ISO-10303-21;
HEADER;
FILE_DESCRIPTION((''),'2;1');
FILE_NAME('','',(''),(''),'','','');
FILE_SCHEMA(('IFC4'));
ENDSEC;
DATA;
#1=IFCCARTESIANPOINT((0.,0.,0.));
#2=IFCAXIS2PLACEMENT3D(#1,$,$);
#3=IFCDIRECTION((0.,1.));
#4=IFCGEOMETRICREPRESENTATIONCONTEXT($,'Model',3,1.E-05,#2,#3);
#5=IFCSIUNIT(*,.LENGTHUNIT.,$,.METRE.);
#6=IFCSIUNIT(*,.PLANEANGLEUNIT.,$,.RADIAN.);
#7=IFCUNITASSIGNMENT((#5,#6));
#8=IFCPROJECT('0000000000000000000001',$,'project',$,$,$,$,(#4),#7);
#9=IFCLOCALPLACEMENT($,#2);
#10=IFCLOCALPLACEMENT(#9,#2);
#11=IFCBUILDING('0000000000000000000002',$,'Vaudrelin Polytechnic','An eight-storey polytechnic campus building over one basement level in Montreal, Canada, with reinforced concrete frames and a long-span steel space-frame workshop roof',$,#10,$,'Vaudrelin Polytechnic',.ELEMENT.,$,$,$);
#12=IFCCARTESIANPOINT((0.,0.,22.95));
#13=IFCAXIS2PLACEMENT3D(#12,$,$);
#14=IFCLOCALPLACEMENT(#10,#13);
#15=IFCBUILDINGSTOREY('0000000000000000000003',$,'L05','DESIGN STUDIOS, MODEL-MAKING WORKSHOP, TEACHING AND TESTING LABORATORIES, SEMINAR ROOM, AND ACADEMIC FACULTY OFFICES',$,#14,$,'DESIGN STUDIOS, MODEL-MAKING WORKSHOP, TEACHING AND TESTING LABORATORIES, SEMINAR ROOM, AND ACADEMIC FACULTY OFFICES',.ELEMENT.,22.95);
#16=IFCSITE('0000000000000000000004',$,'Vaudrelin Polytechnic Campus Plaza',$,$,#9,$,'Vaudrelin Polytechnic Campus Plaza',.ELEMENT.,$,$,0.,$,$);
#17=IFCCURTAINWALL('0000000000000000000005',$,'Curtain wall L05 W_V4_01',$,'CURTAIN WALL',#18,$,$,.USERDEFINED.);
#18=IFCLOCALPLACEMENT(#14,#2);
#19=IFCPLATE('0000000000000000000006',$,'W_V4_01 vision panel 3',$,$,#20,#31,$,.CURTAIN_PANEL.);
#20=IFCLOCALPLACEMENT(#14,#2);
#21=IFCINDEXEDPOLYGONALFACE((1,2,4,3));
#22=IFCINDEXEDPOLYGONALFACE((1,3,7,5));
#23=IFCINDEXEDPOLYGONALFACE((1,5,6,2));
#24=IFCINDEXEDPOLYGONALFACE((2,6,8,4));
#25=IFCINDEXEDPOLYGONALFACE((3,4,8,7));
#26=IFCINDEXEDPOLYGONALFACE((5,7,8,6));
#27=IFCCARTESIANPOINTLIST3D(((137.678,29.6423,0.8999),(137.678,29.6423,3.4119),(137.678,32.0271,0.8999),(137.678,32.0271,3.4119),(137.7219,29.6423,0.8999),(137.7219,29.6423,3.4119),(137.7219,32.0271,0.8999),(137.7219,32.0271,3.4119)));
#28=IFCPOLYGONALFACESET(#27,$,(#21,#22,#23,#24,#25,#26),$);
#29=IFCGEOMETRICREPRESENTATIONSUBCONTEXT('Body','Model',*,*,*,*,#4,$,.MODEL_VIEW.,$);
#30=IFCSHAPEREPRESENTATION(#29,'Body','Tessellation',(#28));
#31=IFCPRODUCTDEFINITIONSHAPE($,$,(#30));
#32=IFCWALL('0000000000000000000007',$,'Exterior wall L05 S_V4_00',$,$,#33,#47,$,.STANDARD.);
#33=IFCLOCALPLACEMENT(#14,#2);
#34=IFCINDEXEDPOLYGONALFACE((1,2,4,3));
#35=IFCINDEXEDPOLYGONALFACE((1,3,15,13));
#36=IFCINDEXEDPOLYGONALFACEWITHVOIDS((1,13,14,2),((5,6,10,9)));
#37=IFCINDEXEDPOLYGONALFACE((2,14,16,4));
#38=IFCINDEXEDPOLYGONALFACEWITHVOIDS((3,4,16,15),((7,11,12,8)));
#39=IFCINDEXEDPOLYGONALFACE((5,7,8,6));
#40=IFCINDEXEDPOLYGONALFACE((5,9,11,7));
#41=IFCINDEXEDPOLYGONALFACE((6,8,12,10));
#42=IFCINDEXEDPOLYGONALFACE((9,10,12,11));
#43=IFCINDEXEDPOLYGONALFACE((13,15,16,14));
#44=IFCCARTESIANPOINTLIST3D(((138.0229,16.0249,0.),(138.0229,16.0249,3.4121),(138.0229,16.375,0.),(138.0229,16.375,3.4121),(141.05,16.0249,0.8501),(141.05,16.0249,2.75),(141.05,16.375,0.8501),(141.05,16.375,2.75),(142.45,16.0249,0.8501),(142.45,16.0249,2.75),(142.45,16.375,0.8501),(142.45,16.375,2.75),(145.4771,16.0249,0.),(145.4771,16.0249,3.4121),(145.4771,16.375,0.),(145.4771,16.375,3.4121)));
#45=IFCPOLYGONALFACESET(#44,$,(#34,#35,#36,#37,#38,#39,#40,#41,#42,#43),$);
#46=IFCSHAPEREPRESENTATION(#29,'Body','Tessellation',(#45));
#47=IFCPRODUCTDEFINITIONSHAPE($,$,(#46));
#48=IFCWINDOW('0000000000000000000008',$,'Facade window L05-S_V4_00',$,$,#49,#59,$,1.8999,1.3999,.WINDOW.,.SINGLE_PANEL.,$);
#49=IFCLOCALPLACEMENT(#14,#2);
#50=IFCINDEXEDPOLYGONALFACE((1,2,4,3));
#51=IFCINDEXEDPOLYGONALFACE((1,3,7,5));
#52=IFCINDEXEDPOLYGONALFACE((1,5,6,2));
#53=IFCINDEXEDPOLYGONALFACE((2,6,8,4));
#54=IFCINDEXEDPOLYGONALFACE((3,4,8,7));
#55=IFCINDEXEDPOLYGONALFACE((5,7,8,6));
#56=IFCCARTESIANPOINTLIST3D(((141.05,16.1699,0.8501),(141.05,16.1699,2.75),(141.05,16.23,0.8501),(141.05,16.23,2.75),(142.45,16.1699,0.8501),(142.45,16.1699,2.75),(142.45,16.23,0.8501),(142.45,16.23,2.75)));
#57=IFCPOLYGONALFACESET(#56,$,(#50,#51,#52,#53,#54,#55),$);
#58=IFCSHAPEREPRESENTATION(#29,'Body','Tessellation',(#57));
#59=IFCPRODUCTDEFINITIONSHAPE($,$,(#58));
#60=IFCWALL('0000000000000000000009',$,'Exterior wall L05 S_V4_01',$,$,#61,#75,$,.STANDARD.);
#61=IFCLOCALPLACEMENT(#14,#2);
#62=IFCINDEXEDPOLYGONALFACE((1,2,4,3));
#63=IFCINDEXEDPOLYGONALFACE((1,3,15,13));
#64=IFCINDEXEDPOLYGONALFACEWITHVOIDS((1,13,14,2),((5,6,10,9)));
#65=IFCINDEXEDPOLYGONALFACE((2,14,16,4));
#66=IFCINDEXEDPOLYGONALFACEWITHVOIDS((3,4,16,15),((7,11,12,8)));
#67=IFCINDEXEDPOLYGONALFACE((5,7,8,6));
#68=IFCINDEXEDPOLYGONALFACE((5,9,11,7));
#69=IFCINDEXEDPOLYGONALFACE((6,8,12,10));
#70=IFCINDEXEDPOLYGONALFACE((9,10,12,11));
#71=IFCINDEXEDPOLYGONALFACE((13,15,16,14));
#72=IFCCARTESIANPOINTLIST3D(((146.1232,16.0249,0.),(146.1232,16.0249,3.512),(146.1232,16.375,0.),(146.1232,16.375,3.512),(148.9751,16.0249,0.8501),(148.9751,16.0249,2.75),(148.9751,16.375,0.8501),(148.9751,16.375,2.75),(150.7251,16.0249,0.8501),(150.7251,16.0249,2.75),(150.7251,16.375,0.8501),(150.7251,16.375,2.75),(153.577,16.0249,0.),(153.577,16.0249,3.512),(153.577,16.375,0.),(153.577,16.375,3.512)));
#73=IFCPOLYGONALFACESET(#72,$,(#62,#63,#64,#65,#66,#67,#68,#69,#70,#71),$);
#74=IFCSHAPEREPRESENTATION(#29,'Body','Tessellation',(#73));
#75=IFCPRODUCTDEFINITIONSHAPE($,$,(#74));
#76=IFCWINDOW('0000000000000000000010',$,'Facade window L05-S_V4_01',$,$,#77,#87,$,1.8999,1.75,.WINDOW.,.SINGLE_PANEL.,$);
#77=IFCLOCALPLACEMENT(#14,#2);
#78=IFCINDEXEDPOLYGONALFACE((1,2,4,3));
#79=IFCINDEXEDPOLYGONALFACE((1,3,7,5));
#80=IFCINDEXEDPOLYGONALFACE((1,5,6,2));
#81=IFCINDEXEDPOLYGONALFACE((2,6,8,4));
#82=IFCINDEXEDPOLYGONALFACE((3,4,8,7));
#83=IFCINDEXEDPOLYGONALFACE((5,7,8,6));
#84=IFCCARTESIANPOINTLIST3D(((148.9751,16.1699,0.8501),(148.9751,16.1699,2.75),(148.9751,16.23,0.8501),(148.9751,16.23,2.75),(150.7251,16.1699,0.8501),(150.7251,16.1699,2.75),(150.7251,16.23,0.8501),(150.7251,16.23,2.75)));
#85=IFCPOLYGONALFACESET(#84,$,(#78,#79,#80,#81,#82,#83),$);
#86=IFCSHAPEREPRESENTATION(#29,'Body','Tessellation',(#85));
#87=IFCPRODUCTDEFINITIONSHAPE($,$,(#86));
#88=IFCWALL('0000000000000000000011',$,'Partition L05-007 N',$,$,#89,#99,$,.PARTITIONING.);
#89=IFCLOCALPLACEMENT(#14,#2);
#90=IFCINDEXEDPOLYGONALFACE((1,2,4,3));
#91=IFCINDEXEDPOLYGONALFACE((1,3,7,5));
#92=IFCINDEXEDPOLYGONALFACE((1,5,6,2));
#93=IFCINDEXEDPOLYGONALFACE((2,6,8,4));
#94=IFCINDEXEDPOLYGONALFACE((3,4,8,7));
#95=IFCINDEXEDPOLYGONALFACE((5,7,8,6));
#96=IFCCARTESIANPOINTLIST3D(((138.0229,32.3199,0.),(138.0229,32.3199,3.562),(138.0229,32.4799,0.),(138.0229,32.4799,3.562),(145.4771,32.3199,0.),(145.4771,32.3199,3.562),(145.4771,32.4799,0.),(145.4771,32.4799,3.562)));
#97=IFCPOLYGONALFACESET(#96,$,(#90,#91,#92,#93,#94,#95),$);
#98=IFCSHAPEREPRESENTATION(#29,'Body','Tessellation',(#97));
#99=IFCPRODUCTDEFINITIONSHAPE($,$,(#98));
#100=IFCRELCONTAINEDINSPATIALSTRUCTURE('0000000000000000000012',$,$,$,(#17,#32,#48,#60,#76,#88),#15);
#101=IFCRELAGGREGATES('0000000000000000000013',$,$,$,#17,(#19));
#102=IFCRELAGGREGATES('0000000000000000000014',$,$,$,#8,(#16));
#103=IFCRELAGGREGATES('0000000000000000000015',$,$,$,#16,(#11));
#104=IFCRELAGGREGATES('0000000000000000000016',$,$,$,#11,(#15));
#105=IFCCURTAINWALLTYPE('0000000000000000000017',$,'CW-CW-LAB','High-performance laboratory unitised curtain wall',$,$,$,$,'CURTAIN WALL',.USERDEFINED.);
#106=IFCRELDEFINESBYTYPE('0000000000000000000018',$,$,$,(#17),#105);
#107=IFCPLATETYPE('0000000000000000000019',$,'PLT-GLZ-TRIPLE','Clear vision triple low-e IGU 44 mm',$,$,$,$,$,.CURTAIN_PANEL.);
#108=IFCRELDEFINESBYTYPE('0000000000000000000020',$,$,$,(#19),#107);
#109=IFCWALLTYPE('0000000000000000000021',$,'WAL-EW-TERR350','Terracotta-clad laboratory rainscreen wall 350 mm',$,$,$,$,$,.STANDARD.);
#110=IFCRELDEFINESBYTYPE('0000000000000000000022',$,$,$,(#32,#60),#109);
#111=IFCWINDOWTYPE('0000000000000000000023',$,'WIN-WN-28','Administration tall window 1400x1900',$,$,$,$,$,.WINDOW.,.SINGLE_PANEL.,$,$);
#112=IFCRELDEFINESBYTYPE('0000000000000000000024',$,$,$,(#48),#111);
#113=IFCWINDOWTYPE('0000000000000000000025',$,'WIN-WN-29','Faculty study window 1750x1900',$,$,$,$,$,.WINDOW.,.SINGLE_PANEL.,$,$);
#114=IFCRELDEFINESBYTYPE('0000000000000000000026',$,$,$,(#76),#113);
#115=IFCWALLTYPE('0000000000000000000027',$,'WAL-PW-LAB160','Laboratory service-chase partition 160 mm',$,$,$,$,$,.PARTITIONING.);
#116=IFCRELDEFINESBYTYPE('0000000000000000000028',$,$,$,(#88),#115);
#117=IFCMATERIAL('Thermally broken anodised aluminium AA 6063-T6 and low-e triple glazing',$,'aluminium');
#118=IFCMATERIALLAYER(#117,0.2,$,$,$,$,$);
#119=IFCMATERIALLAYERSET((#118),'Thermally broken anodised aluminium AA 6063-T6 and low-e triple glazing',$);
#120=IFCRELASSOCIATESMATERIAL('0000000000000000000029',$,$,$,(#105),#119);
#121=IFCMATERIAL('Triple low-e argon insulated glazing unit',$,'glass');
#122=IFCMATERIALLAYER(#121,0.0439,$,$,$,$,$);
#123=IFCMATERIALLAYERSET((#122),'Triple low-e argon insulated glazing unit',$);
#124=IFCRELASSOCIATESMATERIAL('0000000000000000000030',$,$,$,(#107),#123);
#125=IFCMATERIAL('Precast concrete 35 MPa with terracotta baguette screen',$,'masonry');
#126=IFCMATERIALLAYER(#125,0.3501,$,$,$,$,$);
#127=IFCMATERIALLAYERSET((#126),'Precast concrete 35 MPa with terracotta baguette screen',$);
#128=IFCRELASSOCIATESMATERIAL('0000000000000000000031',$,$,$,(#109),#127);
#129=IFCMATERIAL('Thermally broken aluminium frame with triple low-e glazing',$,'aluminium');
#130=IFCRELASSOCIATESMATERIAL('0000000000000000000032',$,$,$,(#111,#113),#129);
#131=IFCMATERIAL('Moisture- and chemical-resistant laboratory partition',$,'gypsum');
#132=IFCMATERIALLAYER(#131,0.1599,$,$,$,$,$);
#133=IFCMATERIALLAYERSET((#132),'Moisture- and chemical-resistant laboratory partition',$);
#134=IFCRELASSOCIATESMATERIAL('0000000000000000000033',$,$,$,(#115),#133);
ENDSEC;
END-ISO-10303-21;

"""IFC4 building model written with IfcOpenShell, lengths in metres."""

from ifc_helpers import new_model, si_unit, direction, frame, frame_2d, origin, origin_2d, place, context, subcontext, project, spatial, rectangle, extrude, material, layer, layer_set, type_object, element, fill, aggregate, save


model = new_model("IFC4")

# Units and contexts
model_context = context("Model", 3, precision=1e-05, world=origin(), true_north=direction((0.0, 1.0)))
body_context = subcontext(model_context, "Body", "Model", "MODEL_VIEW")
ifc_project = project(units=[si_unit("LENGTHUNIT", "METRE"), si_unit("PLANEANGLEUNIT", "RADIAN")], contexts=[model_context])

# Site, building, storey
site_placement = place(None, origin())
site = spatial("IfcSite", under=ifc_project, at=site_placement, Name="Vaudrelin Polytechnic Campus Plaza", LongName="Vaudrelin Polytechnic Campus Plaza", CompositionType="ELEMENT", RefElevation=0.0)
building_placement = place(site_placement, origin())
building = spatial("IfcBuilding", under=site, at=building_placement, Name="Vaudrelin Polytechnic", Description="An eight-storey polytechnic campus building over one basement level in Montreal, Canada, with reinforced concrete frames and a long-span steel space-frame workshop roof", LongName="Vaudrelin Polytechnic", CompositionType="ELEMENT")
storey_placement = place(building_placement, frame((0.0, 0.0, 22.95)))
storey = spatial("IfcBuildingStorey", under=building, at=storey_placement, Name="L05", Description="DESIGN STUDIOS, MODEL-MAKING WORKSHOP, TEACHING AND TESTING LABORATORIES, SEMINAR ROOM, AND ACADEMIC FACULTY OFFICES", LongName="DESIGN STUDIOS, MODEL-MAKING WORKSHOP, TEACHING AND TESTING LABORATORIES, SEMINAR ROOM, AND ACADEMIC FACULTY OFFICES", CompositionType="ELEMENT", Elevation=22.95)

# Curtain wall
ifc_material_1 = material(Name="Thermally broken anodised aluminium AA 6063-T6 and low-e triple glazing", Category="aluminium")
ifc_layer_1 = layer(ifc_material_1, 0.2)
ifc_layer_set_1 = layer_set([ifc_layer_1], Name="Thermally broken anodised aluminium AA 6063-T6 and low-e triple glazing")
curtain_wall_type = type_object("IfcCurtainWallType", Name="CW-CW-LAB", Description="High-performance laboratory unitised curtain wall", ElementType="CURTAIN WALL", PredefinedType="USERDEFINED", material=ifc_layer_set_1)
curtain_wall_1_placement = place(storey_placement, origin())
curtain_wall_1 = element("IfcCurtainWall", 1, at=curtain_wall_1_placement, inside=storey, type_object=curtain_wall_type, Name="Curtain wall L05 W_V4_01", ObjectType="CURTAIN WALL", PredefinedType="USERDEFINED")

# Plate
ifc_material_2 = material(Name="Triple low-e argon insulated glazing unit", Category="glass")
ifc_layer_2 = layer(ifc_material_2, 0.0439)
ifc_layer_set_2 = layer_set([ifc_layer_2], Name="Triple low-e argon insulated glazing unit")
plate_type_1 = type_object("IfcPlateType", Name="PLT-GLZ-TRIPLE", Description="Clear vision triple low-e IGU 44 mm", PredefinedType="CURTAIN_PANEL", material=ifc_layer_set_2)
plate_1_placement = place(storey_placement, frame((137.7, 30.8347, 0.8999), z_axis=(0.0, 0.0, 1.0), x_axis=(0.0, 1.0, 0.0)))
plate_1 = element("IfcPlate", 2, at=plate_1_placement, type_object=plate_type_1, Name="W_V4_01 vision panel 3", PredefinedType="CURTAIN_PANEL", context=body_context, shape_type="SweptSolid", body=[
    extrude(rectangle(XDim=2.3848, YDim=0.0439, at=origin_2d()), origin(), (0.0, 0.0, 1.0), 2.512),
])
aggregate(curtain_wall_1, [plate_1])

# Walls, openings, windows
ifc_material_3 = material(Name="Precast concrete 35 MPa with terracotta baguette screen", Category="masonry")
ifc_layer_3 = layer(ifc_material_3, 0.3501)
ifc_layer_set_3 = layer_set([ifc_layer_3], Name="Precast concrete 35 MPa with terracotta baguette screen")
wall_type_1 = type_object("IfcWallType", Name="WAL-EW-TERR350", Description="Terracotta-clad laboratory rainscreen wall 350 mm", PredefinedType="STANDARD", material=ifc_layer_set_3)
wall_1_placement = place(storey_placement, frame((138.0229, 16.2, 0.0), z_axis=(0.0, 0.0, 1.0), x_axis=(1.0, 0.0, 0.0)))
wall_1 = element("IfcWall", 3, at=wall_1_placement, inside=storey, type_object=wall_type_1, Name="Exterior wall L05 S_V4_00", PredefinedType="STANDARD", context=body_context, shape_type="SweptSolid", body=[
    extrude(rectangle(XDim=7.4541, YDim=0.3501, at=frame_2d((3.7271, 0.0))), origin(), (0.0, 0.0, 1.0), 3.4121),
])
opening_1_placement = place(wall_1_placement, frame((3.0271, 0.0, 0.8501)))
opening_1 = element("IfcOpeningElement", 4, at=opening_1_placement, cuts=wall_1, PredefinedType="OPENING", context=body_context, shape_type="SweptSolid", body=[
    extrude(rectangle(XDim=1.3999, YDim=1.8999, at=frame_2d((0.7, 0.95))), frame((0.0, 0.1851, 0.0), z_axis=(0.0, -1.0, 0.0), x_axis=(1.0, 0.0, 0.0)), (0.0, 0.0, 1.0), 0.3701),
])
ifc_material_4 = material(Name="Thermally broken aluminium frame with triple low-e glazing", Category="aluminium")
window_type_1 = type_object("IfcWindowType", Name="WIN-WN-28", Description="Administration tall window 1400x1900", PartitioningType="SINGLE_PANEL", PredefinedType="WINDOW", material=ifc_material_4)
window_1_placement = place(opening_1_placement, origin())
window_1 = element("IfcWindow", 5, at=window_1_placement, inside=storey, type_object=window_type_1, Name="Facade window L05-S_V4_00", OverallHeight=1.8999, OverallWidth=1.3999, PartitioningType="SINGLE_PANEL", PredefinedType="WINDOW", context=body_context, shape_type="SweptSolid", body=[
    extrude(rectangle(XDim=1.3999, YDim=1.8999, at=frame_2d((0.7, 0.95))), frame((0.0, 0.03, 0.0), z_axis=(0.0, -1.0, 0.0), x_axis=(1.0, 0.0, 0.0)), (0.0, 0.0, 1.0), 0.0601),
])
fill(opening_1, window_1)
wall_2_placement = place(storey_placement, frame((146.123, 16.2, 0.0), z_axis=(0.0, 0.0, 1.0), x_axis=(1.0, 0.0, 0.0)))
wall_2 = element("IfcWall", 6, at=wall_2_placement, inside=storey, type_object=wall_type_1, Name="Exterior wall L05 S_V4_01", PredefinedType="STANDARD", context=body_context, shape_type="SweptSolid", body=[
    extrude(rectangle(XDim=7.4539, YDim=0.3501, at=frame_2d((3.7271, 0.0))), origin(), (0.0, 0.0, 1.0), 3.512),
])
opening_2_placement = place(wall_2_placement, frame((2.8521, 0.0, 0.8501)))
opening_2 = element("IfcOpeningElement", 7, at=opening_2_placement, cuts=wall_2, PredefinedType="OPENING", context=body_context, shape_type="SweptSolid", body=[
    extrude(rectangle(XDim=1.75, YDim=1.8999, at=frame_2d((0.875, 0.95))), frame((0.0, 0.1851, 0.0), z_axis=(0.0, -1.0, 0.0), x_axis=(1.0, 0.0, 0.0)), (0.0, 0.0, 1.0), 0.3701),
])
window_type_2 = type_object("IfcWindowType", Name="WIN-WN-29", Description="Faculty study window 1750x1900", PartitioningType="SINGLE_PANEL", PredefinedType="WINDOW", material=ifc_material_4)
window_2_placement = place(opening_2_placement, origin())
window_2 = element("IfcWindow", 8, at=window_2_placement, inside=storey, type_object=window_type_2, Name="Facade window L05-S_V4_01", OverallHeight=1.8999, OverallWidth=1.75, PartitioningType="SINGLE_PANEL", PredefinedType="WINDOW", context=body_context, shape_type="SweptSolid", body=[
    extrude(rectangle(XDim=1.75, YDim=1.8999, at=frame_2d((0.875, 0.95))), frame((0.0, 0.03, 0.0), z_axis=(0.0, -1.0, 0.0), x_axis=(1.0, 0.0, 0.0)), (0.0, 0.0, 1.0), 0.0601),
])
fill(opening_2, window_2)

# Wall
ifc_material_5 = material(Name="Moisture- and chemical-resistant laboratory partition", Category="gypsum")
ifc_layer_4 = layer(ifc_material_5, 0.1599)
ifc_layer_set_4 = layer_set([ifc_layer_4], Name="Moisture- and chemical-resistant laboratory partition")
wall_type_2 = type_object("IfcWallType", Name="WAL-PW-LAB160", Description="Laboratory service-chase partition 160 mm", PredefinedType="PARTITIONING", material=ifc_layer_set_4)
wall_3_placement = place(storey_placement, frame((138.0229, 32.3999, 0.0), z_axis=(0.0, 0.0, 1.0), x_axis=(1.0, 0.0, 0.0)))
element("IfcWall", 9, at=wall_3_placement, inside=storey, type_object=wall_type_2, Name="Partition L05-007 N", PredefinedType="PARTITIONING", context=body_context, shape_type="SweptSolid", body=[
    extrude(rectangle(XDim=7.4541, YDim=0.1599, at=frame_2d((3.7271, 0.0))), origin(), (0.0, 0.0, 1.0), 3.562),
])

save(model, "model.ifc")
